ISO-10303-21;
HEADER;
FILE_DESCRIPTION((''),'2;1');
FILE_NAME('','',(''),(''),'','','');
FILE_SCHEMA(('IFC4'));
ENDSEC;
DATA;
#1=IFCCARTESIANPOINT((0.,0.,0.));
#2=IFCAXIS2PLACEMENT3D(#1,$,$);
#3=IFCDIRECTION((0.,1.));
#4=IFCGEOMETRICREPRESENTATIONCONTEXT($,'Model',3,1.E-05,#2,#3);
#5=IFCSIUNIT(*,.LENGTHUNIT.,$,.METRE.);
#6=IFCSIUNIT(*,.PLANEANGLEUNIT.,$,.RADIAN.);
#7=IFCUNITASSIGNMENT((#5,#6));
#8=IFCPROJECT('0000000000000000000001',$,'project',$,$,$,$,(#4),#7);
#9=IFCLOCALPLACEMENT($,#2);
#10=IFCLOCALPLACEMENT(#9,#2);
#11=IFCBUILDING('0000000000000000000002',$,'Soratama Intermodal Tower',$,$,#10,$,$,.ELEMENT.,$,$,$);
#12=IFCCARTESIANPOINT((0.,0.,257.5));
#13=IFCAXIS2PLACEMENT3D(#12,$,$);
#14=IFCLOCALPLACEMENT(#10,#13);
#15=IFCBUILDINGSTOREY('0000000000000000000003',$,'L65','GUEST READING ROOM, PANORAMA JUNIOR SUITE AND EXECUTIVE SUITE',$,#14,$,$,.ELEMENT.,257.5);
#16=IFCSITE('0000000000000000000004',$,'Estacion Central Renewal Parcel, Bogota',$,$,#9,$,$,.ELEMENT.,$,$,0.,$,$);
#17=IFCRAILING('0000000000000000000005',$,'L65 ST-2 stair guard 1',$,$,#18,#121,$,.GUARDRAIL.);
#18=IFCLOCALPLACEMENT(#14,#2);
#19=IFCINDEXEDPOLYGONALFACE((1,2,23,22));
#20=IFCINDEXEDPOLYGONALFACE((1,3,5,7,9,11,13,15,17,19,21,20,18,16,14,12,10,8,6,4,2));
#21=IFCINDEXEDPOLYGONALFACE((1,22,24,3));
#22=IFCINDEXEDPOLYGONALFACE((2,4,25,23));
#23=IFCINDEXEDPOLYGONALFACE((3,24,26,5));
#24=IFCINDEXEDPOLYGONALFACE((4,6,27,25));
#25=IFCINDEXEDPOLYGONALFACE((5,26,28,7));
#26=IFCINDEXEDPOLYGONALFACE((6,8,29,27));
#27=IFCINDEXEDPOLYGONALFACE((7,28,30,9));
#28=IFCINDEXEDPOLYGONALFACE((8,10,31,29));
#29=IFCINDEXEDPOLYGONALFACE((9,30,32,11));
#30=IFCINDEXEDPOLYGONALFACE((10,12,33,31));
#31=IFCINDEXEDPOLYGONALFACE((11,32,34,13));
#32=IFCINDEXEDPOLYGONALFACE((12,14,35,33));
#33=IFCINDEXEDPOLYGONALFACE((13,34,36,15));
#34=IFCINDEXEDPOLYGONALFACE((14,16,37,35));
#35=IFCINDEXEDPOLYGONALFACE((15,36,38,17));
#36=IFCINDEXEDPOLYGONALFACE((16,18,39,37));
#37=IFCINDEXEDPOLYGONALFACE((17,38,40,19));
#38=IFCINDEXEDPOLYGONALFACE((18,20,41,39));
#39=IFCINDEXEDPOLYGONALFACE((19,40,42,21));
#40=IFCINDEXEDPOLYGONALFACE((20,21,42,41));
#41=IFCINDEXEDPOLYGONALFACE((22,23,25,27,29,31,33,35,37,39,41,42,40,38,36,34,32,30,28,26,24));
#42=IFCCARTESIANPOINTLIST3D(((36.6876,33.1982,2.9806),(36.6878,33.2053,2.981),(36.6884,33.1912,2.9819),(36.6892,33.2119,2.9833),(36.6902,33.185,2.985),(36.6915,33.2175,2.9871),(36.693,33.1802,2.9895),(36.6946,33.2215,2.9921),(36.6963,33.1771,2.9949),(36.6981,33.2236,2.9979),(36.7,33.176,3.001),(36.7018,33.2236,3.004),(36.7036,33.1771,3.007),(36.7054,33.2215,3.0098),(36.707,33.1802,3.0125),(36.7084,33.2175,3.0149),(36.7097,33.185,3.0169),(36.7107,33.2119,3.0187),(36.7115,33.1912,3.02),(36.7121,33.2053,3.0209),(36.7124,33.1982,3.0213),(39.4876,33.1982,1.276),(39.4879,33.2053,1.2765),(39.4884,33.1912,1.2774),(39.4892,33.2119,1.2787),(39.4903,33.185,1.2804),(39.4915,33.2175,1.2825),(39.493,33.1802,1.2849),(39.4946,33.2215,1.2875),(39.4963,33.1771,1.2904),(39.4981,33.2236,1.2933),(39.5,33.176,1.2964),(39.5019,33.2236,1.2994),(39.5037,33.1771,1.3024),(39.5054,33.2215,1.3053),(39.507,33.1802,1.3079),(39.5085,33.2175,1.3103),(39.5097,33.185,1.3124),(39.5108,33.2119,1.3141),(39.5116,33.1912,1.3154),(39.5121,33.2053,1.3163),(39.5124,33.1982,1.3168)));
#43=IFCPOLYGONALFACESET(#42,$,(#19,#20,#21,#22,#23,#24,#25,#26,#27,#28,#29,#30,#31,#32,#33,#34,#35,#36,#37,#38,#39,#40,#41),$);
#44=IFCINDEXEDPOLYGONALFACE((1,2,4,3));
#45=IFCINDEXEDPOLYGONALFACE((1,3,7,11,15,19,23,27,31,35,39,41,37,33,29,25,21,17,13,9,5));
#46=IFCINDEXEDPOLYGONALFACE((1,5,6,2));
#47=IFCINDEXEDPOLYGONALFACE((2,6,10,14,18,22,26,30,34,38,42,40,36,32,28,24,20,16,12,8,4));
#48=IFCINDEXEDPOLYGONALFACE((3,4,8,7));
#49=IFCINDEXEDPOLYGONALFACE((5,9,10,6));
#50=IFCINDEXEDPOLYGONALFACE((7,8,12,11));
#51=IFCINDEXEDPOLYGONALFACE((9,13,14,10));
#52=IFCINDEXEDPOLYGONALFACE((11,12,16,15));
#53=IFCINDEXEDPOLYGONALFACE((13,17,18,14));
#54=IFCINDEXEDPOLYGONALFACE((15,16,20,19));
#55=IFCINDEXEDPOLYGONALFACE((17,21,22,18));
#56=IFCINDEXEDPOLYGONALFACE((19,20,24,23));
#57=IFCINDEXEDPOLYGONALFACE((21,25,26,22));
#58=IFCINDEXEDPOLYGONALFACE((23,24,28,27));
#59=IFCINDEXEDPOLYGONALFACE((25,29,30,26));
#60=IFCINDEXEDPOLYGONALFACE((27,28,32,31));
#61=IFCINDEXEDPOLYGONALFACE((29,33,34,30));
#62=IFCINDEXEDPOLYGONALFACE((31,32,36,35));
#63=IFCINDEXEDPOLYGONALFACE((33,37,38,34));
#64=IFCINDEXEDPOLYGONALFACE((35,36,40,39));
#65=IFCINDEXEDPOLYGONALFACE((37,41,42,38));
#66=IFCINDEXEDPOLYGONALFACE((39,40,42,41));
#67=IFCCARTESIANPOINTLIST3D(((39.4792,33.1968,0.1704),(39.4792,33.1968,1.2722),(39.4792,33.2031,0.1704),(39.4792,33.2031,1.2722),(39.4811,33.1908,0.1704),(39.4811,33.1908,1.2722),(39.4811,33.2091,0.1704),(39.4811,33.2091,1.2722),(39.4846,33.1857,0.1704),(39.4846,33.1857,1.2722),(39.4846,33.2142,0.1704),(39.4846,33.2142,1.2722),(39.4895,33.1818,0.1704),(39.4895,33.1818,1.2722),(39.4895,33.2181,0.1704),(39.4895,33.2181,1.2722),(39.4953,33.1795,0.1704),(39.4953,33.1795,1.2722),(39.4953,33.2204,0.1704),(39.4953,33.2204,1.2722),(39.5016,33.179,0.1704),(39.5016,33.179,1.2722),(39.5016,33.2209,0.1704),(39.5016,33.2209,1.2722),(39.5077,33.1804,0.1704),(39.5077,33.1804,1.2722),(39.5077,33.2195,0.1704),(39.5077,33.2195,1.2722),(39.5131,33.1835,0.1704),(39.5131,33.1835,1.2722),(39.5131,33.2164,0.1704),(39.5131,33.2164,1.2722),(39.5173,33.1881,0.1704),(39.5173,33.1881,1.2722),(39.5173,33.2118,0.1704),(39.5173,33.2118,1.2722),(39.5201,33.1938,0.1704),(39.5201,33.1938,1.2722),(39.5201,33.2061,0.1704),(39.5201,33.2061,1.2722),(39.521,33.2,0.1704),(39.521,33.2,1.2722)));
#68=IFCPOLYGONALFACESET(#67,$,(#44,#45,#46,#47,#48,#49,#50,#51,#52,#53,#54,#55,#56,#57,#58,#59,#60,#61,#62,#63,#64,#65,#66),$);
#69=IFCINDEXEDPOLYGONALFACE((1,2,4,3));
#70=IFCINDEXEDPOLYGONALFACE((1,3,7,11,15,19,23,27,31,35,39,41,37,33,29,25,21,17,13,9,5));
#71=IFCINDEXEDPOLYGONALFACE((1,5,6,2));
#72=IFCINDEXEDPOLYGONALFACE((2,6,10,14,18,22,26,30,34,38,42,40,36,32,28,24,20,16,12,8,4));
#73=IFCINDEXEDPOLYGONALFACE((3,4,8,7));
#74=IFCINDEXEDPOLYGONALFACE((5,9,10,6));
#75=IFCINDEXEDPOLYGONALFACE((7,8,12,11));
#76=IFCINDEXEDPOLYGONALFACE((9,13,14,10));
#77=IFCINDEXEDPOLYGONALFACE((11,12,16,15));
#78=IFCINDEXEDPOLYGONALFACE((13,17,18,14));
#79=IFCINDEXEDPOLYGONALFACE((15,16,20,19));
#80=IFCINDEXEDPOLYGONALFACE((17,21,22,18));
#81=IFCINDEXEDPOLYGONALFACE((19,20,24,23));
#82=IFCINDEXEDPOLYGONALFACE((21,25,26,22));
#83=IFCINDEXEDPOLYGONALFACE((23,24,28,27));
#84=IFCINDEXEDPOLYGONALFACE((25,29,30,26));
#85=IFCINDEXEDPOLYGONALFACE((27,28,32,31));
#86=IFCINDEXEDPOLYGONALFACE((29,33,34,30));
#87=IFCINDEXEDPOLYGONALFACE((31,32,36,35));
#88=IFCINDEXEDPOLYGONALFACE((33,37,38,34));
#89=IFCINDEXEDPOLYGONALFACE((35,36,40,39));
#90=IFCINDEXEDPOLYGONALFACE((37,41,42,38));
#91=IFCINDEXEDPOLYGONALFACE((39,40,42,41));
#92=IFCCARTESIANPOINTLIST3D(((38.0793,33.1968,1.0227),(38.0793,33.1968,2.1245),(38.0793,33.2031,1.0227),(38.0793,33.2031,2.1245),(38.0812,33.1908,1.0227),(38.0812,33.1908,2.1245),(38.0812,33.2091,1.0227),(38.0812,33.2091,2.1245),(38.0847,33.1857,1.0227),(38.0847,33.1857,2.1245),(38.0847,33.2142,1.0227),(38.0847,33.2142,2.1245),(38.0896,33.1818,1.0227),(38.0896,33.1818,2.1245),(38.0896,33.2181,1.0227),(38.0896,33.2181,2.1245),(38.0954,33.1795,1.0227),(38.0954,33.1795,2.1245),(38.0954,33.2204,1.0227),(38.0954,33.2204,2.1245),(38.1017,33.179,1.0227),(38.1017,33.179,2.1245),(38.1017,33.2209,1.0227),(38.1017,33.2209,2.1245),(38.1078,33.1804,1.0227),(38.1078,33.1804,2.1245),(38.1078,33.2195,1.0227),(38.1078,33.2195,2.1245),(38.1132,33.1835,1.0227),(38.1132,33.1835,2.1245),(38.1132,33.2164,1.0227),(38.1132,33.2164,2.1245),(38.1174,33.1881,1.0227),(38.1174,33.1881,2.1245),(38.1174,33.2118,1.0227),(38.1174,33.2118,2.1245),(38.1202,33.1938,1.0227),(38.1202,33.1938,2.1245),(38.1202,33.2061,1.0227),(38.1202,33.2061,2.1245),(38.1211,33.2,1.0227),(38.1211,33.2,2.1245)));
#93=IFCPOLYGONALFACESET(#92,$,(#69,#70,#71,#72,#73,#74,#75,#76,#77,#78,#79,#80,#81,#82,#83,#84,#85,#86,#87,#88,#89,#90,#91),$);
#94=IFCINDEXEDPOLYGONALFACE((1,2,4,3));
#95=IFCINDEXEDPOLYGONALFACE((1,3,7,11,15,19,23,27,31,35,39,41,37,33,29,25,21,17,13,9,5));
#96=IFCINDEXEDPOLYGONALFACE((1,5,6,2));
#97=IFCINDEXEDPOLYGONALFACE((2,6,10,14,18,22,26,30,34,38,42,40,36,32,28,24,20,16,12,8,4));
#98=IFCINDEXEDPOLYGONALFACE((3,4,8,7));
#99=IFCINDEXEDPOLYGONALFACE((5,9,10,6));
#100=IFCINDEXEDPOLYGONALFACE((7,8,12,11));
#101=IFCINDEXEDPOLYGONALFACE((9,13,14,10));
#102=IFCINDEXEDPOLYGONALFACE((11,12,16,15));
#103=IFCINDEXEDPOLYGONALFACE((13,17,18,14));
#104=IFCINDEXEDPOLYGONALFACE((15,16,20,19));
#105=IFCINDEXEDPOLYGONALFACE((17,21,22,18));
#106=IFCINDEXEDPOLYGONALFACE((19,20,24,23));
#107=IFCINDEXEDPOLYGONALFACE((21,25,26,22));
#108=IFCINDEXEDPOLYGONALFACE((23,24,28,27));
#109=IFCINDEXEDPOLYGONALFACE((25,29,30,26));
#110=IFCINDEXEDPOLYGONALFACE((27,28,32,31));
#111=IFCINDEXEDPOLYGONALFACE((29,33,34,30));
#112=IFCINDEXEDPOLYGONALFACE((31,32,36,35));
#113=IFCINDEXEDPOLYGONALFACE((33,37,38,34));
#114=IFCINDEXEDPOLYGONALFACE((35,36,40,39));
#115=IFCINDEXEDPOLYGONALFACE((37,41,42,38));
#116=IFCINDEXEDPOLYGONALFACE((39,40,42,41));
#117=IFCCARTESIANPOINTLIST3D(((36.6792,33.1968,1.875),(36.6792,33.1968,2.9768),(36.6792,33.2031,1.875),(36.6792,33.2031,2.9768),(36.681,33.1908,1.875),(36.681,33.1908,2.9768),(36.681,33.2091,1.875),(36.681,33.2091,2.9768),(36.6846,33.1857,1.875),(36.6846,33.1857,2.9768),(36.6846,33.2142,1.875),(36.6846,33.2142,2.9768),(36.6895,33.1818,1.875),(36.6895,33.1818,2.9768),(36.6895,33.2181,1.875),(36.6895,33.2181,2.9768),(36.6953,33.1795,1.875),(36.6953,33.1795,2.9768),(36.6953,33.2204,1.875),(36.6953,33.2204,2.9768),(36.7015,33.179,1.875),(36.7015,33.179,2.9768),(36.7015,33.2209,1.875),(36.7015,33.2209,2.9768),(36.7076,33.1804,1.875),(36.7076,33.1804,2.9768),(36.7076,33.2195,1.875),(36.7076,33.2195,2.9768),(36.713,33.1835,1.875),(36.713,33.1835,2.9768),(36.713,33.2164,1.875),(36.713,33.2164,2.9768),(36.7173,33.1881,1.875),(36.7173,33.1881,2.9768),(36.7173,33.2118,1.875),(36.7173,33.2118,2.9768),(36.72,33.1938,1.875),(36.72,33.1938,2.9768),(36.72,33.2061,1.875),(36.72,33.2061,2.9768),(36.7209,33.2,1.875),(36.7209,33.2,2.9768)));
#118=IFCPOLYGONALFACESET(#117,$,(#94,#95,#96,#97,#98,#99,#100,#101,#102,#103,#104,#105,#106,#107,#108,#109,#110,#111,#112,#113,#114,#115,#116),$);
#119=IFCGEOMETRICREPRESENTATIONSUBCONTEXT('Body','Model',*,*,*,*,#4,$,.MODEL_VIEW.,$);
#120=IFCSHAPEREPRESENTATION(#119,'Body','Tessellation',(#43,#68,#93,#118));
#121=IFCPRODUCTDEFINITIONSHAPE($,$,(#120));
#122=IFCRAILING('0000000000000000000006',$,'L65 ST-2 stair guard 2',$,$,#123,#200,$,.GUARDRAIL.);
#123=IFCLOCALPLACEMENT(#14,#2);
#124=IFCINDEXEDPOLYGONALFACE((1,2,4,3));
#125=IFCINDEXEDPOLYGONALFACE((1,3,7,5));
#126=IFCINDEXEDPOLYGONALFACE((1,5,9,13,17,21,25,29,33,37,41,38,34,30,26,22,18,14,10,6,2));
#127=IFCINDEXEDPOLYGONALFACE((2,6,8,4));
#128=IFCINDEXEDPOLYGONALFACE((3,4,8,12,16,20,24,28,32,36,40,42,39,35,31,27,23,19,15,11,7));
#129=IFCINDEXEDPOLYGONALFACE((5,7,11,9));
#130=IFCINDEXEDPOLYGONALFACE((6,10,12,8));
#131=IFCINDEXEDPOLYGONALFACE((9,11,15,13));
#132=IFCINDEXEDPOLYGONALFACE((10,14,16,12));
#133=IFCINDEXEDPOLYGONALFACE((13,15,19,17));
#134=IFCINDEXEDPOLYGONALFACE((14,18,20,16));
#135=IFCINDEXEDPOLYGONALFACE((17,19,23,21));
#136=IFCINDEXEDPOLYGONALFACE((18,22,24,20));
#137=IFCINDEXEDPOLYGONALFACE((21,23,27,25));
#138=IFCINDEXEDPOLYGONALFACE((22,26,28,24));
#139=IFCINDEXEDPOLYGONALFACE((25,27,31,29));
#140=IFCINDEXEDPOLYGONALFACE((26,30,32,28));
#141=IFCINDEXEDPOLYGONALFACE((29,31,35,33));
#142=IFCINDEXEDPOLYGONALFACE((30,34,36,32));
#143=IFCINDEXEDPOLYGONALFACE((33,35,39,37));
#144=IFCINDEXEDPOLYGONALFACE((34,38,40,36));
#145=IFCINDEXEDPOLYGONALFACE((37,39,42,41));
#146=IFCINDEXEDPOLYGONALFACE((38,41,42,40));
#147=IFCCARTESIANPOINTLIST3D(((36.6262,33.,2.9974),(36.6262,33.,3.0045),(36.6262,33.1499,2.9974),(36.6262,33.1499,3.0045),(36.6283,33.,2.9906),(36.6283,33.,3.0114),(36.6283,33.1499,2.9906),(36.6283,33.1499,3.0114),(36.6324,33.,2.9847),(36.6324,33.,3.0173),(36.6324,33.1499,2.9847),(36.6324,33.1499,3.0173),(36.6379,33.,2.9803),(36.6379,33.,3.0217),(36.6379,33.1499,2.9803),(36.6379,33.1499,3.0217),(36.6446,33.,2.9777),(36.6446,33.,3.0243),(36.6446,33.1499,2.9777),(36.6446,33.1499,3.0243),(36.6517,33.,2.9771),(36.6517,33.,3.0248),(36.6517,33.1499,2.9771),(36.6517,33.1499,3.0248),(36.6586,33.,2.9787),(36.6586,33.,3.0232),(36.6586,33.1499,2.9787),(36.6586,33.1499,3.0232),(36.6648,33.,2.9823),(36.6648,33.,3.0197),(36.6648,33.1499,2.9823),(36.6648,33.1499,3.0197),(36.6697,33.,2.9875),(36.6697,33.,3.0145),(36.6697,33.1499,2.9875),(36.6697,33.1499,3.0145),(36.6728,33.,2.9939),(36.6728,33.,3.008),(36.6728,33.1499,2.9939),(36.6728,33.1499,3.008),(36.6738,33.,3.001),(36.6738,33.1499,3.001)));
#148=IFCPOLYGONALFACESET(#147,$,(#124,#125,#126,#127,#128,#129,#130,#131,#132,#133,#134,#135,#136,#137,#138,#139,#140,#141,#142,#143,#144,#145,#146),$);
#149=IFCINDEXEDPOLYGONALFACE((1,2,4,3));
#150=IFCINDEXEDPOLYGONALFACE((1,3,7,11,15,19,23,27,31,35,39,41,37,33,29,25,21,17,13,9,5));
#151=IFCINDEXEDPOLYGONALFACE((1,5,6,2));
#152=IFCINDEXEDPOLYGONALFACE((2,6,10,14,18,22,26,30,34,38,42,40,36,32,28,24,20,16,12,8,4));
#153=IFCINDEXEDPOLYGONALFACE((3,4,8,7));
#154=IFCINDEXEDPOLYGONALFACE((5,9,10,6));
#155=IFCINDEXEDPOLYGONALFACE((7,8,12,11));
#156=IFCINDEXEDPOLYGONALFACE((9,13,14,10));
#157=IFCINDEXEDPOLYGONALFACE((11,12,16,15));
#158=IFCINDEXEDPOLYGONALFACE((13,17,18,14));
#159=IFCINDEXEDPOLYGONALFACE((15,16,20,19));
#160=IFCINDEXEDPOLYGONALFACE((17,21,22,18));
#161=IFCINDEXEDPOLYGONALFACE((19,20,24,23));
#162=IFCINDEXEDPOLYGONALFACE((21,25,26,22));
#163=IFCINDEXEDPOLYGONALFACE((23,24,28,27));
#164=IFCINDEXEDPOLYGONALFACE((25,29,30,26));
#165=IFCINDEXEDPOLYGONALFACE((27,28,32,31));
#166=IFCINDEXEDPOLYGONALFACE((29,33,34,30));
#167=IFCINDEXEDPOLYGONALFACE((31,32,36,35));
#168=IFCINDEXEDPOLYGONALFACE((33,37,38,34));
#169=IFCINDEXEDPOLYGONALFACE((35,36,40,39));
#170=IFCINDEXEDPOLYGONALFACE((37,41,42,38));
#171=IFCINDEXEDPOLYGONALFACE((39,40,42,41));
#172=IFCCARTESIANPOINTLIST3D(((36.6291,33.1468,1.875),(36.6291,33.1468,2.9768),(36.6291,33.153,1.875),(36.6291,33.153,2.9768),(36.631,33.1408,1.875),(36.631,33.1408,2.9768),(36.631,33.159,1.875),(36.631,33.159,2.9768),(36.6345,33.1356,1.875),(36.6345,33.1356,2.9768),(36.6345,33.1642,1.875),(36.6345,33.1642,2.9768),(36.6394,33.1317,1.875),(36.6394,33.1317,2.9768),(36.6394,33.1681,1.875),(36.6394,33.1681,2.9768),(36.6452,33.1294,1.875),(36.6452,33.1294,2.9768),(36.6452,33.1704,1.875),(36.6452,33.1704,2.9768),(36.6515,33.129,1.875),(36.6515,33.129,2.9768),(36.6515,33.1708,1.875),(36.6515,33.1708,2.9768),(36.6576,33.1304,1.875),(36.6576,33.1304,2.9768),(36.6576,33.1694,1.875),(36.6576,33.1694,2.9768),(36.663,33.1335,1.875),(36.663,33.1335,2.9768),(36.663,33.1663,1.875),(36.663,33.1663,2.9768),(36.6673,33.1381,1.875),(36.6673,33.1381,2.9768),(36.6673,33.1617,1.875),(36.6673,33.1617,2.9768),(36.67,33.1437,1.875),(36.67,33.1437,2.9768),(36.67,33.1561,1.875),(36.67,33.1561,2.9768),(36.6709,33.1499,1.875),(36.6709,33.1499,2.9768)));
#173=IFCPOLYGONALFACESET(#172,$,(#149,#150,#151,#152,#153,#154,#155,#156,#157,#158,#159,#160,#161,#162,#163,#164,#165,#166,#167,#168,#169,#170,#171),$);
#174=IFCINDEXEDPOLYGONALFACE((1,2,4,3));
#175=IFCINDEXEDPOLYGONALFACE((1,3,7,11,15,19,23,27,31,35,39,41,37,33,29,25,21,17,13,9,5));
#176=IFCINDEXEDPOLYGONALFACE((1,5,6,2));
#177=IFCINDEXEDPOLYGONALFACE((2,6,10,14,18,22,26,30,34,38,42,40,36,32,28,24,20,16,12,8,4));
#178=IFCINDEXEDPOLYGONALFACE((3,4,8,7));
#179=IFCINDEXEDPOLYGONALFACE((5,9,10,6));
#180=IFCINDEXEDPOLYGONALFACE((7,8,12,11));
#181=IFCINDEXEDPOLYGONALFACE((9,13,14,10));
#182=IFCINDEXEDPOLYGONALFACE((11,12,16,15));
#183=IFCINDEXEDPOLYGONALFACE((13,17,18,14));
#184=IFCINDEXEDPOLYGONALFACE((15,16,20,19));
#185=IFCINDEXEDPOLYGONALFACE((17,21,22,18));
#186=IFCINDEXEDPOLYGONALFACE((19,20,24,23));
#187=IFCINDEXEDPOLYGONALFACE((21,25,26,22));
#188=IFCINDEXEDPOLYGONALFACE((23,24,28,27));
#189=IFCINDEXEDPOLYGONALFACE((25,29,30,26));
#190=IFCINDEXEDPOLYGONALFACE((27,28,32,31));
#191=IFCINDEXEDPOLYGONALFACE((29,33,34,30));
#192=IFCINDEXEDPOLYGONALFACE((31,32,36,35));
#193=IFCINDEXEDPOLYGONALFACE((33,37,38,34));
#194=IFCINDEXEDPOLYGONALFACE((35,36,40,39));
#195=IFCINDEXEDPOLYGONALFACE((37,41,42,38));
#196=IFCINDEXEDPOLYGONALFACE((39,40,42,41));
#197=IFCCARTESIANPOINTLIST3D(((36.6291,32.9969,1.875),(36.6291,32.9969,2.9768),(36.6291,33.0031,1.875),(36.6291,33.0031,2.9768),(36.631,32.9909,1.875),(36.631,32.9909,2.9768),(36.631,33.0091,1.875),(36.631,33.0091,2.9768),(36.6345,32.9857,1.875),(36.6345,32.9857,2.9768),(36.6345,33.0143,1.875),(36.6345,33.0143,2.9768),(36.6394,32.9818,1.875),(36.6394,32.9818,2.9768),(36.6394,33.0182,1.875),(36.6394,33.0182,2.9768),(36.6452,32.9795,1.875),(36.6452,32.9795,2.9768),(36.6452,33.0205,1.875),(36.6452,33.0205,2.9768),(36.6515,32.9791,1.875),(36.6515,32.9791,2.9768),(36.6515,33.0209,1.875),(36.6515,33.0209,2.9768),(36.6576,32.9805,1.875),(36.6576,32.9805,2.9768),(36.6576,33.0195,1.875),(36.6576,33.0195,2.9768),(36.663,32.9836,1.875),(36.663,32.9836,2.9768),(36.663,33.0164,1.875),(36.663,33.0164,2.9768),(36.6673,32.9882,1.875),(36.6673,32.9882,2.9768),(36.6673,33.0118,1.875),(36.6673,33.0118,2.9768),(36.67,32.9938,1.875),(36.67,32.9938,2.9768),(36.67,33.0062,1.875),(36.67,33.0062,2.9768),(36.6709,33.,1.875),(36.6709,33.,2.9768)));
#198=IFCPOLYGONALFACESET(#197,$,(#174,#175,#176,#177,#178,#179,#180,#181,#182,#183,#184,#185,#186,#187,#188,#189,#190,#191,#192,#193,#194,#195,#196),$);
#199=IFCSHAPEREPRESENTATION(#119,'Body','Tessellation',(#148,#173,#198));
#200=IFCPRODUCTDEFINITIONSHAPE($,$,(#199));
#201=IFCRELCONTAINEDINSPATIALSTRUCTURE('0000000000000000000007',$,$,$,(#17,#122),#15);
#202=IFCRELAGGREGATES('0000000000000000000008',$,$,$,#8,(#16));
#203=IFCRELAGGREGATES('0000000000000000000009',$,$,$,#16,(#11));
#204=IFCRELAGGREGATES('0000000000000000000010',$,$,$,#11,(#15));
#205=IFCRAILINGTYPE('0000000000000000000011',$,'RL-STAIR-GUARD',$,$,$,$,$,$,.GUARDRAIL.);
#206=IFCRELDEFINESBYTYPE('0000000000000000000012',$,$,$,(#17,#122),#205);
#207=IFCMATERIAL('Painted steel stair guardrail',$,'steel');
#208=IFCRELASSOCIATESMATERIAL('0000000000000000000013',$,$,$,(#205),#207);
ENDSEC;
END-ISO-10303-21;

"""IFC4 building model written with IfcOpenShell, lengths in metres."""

from ifc_helpers import new_model, si_unit, direction, frame, origin, origin_2d, place, context, subcontext, project, spatial, circle, extrude, material, type_object, element, save


model = new_model("IFC4")

# Units and contexts
model_context = context("Model", 3, precision=1e-05, world=origin(), true_north=direction((0.0, 1.0)))
body_context = subcontext(model_context, "Body", "Model", "MODEL_VIEW")
ifc_project = project(units=[si_unit("LENGTHUNIT", "METRE"), si_unit("PLANEANGLEUNIT", "RADIAN")], contexts=[model_context])

# Site, building, storey
site_placement = place(None, origin())
site = spatial("IfcSite", under=ifc_project, at=site_placement, Name="Estacion Central Renewal Parcel, Bogota", CompositionType="ELEMENT", RefElevation=0.0)
building_placement = place(site_placement, origin())
building = spatial("IfcBuilding", under=site, at=building_placement, Name="Soratama Intermodal Tower", CompositionType="ELEMENT")
storey_placement = place(building_placement, frame((0.0, 0.0, 257.5)))
storey = spatial("IfcBuildingStorey", under=building, at=storey_placement, Name="L65", Description="GUEST READING ROOM, PANORAMA JUNIOR SUITE AND EXECUTIVE SUITE", CompositionType="ELEMENT", Elevation=257.5)

# Railings
ifc_material_1 = material(Name="Painted steel stair guardrail", Category="steel")
railing_type_1 = type_object("IfcRailingType", Name="RL-STAIR-GUARD", PredefinedType="GUARDRAIL", material=ifc_material_1)
railing_1_placement = place(storey_placement, frame((39.5, 33.2, 0.1704)))
element("IfcRailing", 1, at=railing_1_placement, inside=storey, type_object=railing_type_1, Name="L65 ST-2 stair guard 1", PredefinedType="GUARDRAIL", context=body_context, shape_type="SweptSolid", body=[
    extrude(circle(Radius=0.0239, at=origin_2d()), frame((0.0, 0.0, 1.126), z_axis=(-0.85417, 0.0, 0.519994), x_axis=(0.0, -1.0, 0.0)), (0.0, 0.0, 1.0), 3.2781),
    extrude(circle(Radius=0.021, at=origin_2d()), origin(), (0.0, 0.0, 1.0), 1.1018),
    extrude(circle(Radius=0.021, at=origin_2d()), frame((-1.3999, 0.0, 0.8523)), (0.0, 0.0, 1.0), 1.1018),
    extrude(circle(Radius=0.021, at=origin_2d()), frame((-2.8, 0.0, 1.7046)), (0.0, 0.0, 1.0), 1.1018),
])
for number, where, name in (
    (2, (36.6499, 33.1499, 1.875), "L65 ST-2 stair guard 2"),
):
    element("IfcRailing", number, at=place(storey_placement, frame(where)), inside=storey, type_object=railing_type_1, Name=name, PredefinedType="GUARDRAIL", context=body_context, shape_type="SweptSolid", body=[
        extrude(circle(Radius=0.0239, at=origin_2d()), frame((0.0, 0.0, 1.126), z_axis=(0.0, -1.0, 0.0), x_axis=(1.0, 0.0, 0.0)), (0.0, 0.0, 1.0), 0.1499),
        extrude(circle(Radius=0.021, at=origin_2d()), origin(), (0.0, 0.0, 1.0), 1.1018),
        extrude(circle(Radius=0.021, at=origin_2d()), frame((0.0, -0.1499, 0.0)), (0.0, 0.0, 1.0), 1.1018),
    ])

save(model, "model.ifc")
